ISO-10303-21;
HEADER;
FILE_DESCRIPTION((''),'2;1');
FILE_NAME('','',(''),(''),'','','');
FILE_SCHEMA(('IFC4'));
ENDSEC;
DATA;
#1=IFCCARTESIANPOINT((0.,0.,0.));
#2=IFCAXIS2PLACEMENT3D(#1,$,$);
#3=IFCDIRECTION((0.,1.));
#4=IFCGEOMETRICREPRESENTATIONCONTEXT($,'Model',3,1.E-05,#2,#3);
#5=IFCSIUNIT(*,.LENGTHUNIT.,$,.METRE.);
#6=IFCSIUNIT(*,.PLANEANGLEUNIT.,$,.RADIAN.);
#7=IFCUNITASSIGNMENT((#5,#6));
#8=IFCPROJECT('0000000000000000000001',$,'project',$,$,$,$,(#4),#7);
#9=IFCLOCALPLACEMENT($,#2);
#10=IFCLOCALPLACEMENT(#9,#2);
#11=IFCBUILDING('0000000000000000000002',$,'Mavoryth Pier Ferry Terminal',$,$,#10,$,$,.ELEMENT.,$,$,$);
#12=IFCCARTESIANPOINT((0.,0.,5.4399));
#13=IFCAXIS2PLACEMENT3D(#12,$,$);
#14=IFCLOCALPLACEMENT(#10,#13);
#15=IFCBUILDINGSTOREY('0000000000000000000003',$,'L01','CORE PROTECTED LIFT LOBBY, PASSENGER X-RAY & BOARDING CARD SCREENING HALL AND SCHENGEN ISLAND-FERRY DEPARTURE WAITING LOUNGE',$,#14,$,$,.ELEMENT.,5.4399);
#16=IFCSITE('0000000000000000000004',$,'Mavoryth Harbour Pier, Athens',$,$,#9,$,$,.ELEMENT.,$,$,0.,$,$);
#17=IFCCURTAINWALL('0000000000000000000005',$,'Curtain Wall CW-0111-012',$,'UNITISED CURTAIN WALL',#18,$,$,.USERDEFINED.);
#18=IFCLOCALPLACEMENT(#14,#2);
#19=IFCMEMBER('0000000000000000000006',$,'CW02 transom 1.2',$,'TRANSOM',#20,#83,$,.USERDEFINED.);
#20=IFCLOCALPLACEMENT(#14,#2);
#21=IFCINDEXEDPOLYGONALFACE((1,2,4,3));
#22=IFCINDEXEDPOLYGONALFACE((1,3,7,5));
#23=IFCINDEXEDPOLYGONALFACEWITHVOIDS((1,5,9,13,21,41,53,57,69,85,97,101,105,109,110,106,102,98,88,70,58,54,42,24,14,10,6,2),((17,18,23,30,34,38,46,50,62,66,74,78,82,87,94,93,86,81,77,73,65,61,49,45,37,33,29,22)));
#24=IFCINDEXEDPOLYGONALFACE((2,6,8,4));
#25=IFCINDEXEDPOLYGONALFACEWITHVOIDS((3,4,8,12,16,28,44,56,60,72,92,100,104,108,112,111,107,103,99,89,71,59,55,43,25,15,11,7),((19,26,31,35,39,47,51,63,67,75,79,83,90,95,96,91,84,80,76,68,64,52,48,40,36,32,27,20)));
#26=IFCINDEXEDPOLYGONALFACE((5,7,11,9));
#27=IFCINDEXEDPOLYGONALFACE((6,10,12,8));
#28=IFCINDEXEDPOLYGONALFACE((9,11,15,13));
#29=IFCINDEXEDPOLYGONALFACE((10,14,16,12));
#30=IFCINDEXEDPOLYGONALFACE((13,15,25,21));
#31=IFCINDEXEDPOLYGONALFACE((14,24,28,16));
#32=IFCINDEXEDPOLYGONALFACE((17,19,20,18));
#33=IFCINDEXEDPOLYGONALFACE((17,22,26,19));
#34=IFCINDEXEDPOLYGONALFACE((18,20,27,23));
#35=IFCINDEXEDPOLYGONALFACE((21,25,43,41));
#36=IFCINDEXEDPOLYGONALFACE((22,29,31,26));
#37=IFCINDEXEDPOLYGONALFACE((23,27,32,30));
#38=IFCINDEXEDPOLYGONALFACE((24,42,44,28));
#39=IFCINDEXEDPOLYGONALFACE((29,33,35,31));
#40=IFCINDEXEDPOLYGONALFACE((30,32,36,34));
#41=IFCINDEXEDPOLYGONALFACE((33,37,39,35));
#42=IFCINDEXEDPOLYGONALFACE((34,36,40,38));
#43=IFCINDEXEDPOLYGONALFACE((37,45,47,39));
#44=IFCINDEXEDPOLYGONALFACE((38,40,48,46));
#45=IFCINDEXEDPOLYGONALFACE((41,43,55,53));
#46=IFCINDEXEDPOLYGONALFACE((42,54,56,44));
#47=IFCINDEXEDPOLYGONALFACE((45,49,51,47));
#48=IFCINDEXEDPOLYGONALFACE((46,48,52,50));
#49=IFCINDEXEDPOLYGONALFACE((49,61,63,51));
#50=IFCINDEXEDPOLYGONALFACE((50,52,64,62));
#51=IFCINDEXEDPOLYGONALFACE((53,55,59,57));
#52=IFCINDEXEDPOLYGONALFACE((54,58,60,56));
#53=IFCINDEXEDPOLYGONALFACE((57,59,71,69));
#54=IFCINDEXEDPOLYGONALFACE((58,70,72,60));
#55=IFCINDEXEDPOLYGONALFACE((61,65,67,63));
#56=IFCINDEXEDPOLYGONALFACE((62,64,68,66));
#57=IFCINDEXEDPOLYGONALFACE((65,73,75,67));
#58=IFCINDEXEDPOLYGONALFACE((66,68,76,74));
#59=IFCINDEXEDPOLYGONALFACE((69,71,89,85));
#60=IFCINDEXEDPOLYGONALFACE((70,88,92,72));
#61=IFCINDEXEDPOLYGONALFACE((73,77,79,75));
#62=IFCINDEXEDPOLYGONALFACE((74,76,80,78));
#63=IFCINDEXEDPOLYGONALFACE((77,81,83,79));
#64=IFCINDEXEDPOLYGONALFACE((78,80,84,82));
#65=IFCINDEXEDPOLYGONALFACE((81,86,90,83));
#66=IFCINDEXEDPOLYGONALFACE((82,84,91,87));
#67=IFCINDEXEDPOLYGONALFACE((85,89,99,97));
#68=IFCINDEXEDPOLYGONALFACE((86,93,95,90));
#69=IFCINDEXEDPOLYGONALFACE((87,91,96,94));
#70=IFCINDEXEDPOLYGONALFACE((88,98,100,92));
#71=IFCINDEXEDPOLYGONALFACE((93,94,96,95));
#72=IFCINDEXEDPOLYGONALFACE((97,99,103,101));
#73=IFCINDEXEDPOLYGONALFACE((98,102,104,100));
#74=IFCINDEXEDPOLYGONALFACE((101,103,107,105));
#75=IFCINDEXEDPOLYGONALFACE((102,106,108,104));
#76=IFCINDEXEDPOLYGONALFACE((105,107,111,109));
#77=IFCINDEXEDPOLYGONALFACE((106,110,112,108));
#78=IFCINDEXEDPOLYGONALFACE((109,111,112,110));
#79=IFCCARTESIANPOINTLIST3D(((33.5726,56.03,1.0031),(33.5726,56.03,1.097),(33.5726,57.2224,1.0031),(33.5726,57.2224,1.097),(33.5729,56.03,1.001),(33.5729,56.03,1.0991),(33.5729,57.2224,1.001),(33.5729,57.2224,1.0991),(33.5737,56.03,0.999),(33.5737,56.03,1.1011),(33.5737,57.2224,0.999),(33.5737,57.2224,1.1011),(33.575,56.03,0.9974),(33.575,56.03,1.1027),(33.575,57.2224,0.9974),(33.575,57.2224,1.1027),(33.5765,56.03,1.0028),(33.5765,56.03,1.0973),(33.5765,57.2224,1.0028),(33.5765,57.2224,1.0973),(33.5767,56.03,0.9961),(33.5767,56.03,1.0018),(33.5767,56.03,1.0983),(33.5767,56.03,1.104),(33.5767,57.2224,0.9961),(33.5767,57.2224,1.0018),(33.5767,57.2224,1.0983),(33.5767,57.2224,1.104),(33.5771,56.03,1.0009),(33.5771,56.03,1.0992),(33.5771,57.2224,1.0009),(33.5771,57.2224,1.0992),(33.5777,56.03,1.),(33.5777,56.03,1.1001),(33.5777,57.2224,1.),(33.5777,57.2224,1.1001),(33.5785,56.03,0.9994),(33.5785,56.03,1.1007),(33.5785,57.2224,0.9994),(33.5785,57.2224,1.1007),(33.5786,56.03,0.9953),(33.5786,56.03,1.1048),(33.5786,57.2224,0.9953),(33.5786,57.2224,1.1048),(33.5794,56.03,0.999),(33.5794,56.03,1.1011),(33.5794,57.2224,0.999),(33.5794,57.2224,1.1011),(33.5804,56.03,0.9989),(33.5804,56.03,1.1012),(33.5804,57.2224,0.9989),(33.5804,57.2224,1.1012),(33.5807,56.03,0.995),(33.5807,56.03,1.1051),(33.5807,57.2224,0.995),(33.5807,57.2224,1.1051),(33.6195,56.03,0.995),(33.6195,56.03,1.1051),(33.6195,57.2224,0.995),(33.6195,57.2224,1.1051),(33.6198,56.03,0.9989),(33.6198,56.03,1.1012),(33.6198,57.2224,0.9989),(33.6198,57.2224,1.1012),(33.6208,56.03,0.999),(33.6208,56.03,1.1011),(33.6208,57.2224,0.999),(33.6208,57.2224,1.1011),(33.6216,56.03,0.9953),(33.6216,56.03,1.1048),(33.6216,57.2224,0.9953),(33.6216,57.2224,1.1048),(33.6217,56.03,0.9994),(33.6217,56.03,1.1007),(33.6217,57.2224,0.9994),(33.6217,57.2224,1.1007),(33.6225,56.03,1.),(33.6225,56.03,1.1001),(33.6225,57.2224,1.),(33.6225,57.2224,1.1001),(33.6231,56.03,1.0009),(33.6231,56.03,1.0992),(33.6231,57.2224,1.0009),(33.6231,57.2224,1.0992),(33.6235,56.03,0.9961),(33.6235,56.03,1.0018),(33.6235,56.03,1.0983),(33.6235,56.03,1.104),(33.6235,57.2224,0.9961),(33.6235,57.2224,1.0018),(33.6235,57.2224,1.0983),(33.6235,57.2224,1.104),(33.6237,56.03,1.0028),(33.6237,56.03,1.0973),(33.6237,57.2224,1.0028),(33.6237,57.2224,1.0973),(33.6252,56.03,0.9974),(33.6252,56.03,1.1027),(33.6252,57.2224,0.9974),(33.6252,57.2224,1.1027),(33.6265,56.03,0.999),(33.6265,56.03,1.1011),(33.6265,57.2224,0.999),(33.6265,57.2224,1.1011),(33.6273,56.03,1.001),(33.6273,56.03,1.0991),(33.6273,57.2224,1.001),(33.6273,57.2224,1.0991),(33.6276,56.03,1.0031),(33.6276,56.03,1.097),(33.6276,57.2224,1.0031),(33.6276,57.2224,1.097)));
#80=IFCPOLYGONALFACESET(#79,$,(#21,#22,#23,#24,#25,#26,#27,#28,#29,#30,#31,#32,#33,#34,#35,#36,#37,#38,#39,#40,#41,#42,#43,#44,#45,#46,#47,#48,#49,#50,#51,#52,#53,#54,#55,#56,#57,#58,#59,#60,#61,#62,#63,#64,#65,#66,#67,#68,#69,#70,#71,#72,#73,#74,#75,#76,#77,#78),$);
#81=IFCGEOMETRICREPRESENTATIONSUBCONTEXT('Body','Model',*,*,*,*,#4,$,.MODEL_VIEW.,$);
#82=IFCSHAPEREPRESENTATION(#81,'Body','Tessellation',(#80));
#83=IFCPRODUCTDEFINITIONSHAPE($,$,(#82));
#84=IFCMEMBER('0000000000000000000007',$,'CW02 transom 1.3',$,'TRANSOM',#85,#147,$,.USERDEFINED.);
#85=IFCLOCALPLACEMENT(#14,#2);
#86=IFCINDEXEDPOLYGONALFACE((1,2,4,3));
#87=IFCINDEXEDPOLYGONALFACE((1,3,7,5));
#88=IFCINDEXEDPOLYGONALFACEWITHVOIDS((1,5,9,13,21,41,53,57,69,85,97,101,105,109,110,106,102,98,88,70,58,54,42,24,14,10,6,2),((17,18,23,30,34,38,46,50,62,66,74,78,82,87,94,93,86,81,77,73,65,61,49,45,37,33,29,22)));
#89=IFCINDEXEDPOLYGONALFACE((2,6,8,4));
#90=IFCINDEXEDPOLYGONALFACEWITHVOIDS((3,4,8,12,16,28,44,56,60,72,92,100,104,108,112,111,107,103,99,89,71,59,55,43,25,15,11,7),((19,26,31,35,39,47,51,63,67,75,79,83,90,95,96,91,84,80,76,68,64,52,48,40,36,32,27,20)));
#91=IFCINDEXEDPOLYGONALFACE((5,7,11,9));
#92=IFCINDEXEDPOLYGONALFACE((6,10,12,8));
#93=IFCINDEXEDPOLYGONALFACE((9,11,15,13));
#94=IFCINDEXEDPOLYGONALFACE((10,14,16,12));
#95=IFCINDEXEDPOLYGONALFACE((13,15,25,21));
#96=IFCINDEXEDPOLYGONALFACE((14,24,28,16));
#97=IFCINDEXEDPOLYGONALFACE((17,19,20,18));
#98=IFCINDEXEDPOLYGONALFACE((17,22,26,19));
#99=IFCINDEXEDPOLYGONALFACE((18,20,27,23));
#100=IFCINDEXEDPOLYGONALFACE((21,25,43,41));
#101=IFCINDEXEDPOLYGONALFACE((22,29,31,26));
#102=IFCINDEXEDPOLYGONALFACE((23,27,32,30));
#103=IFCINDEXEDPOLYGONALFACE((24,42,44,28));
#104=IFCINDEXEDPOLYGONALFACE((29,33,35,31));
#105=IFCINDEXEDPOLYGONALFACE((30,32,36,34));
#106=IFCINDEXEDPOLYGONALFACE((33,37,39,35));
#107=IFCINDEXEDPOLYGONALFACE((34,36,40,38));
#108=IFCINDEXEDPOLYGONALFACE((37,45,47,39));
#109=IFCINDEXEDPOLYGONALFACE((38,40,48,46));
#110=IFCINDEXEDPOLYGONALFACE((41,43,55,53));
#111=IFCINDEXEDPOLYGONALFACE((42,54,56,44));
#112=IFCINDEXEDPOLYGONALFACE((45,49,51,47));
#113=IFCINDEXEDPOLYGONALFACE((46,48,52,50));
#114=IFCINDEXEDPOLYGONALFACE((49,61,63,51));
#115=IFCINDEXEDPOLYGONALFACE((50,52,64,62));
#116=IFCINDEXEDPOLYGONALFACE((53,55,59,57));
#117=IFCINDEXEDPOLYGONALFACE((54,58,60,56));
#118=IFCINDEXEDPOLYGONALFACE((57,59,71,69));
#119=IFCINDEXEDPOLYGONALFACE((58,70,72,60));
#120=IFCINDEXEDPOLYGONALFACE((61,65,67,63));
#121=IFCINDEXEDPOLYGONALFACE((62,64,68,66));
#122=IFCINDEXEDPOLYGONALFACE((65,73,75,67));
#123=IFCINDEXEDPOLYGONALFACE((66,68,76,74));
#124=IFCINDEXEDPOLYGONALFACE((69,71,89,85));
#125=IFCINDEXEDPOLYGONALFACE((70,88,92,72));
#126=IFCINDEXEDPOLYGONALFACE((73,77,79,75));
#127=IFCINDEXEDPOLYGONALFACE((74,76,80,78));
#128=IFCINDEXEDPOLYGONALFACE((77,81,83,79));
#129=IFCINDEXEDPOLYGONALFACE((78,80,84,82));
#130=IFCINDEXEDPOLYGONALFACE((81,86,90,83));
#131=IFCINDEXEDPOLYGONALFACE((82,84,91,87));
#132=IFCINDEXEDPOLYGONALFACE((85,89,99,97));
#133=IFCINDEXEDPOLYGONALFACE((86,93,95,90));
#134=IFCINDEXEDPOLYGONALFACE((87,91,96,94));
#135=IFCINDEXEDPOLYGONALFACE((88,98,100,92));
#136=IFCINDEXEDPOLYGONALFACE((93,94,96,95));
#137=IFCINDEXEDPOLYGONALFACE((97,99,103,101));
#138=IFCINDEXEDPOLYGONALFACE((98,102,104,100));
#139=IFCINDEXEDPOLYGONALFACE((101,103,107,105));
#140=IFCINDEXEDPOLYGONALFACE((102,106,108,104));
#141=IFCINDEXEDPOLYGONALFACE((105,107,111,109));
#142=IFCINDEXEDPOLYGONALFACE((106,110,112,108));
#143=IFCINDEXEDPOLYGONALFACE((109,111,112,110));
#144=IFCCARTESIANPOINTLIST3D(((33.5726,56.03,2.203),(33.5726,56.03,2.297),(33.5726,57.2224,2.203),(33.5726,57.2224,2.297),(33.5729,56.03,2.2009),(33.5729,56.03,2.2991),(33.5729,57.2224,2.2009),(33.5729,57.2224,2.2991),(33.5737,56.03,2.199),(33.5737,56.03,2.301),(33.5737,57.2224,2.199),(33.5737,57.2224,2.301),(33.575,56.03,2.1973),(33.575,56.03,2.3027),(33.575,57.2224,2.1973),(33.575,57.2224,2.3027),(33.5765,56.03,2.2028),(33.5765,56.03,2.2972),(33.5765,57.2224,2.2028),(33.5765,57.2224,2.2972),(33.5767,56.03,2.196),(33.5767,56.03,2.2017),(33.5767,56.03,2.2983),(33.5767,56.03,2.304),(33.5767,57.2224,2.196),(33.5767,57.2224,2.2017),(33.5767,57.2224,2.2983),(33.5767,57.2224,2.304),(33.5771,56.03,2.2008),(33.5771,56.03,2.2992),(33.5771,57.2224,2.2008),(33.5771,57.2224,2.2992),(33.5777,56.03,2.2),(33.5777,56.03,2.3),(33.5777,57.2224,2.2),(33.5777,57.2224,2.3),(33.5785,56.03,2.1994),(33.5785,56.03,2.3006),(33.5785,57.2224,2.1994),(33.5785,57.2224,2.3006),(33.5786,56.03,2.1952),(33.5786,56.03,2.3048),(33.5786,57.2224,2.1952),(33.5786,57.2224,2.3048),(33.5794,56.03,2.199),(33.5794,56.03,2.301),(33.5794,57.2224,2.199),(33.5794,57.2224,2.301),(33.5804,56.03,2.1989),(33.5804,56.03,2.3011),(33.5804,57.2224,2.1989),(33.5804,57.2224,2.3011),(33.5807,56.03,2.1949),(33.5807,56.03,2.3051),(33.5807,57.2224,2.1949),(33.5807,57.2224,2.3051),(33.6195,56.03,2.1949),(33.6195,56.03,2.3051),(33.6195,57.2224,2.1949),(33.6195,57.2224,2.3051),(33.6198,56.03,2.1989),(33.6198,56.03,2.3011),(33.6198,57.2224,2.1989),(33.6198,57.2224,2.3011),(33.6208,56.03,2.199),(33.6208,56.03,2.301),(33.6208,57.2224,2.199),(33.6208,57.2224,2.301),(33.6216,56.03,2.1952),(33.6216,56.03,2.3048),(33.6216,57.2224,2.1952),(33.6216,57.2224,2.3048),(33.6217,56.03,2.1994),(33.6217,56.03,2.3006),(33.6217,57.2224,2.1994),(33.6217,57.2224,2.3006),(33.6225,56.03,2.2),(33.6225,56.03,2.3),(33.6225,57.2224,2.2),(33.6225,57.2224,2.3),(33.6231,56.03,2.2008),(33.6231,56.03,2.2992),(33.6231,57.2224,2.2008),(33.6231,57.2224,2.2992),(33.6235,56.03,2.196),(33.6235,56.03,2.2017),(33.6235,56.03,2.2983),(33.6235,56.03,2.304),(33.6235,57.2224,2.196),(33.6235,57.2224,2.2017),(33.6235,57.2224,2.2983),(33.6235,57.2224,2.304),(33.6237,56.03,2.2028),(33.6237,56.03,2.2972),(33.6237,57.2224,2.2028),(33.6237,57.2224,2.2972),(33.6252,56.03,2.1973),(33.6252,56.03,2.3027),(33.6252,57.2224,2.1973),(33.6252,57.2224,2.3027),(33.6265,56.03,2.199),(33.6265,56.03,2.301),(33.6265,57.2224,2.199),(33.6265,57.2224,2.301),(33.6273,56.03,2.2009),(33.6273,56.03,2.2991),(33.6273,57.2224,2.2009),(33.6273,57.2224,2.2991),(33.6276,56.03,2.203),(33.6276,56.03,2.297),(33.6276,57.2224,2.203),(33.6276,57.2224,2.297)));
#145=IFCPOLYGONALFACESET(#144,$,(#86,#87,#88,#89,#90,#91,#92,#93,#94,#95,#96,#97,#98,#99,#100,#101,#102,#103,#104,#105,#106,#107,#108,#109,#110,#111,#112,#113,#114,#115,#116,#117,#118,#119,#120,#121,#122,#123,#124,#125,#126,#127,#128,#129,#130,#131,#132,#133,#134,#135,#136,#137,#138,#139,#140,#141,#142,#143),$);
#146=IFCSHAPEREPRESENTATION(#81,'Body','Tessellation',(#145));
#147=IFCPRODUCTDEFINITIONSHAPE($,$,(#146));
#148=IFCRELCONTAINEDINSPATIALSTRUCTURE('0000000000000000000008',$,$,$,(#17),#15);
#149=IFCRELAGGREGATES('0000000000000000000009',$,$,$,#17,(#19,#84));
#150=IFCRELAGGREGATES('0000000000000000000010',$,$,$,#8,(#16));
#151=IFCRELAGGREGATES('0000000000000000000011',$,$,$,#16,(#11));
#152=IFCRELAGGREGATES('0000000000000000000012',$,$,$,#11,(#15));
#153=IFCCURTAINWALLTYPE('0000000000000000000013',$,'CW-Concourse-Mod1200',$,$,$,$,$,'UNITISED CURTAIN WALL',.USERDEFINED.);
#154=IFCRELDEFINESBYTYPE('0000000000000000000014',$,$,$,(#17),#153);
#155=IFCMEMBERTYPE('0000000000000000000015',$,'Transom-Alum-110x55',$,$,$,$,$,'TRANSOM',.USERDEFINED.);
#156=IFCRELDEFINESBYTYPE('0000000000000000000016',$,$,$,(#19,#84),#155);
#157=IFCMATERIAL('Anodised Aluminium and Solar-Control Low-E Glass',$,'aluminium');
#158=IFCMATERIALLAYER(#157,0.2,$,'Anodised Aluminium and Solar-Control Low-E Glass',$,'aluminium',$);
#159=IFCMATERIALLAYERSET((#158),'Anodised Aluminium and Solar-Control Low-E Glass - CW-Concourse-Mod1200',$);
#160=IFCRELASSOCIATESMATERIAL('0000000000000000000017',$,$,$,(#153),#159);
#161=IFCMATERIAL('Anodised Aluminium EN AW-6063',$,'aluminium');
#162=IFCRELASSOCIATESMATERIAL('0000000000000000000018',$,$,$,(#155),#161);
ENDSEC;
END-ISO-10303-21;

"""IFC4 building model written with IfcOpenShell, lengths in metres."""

from ifc_helpers import new_model, si_unit, direction, frame, origin, origin_2d, place, context, subcontext, project, spatial, hollow_rectangle, extrude, material, layer, layer_set, material_profile, profile_set, type_object, element, aggregate, save


model = new_model("IFC4")

# Units and contexts
model_context = context("Model", 3, precision=1e-05, world=origin(), true_north=direction((0.0, 1.0)))
body_context = subcontext(model_context, "Body", "Model", "MODEL_VIEW")
ifc_project = project(units=[si_unit("LENGTHUNIT", "METRE"), si_unit("PLANEANGLEUNIT", "RADIAN")], contexts=[model_context])

# Site, building, storey
site_placement = place(None, origin())
site = spatial("IfcSite", under=ifc_project, at=site_placement, Name="Mavoryth Harbour Pier, Athens", CompositionType="ELEMENT", RefElevation=0.0)
building_placement = place(site_placement, origin())
building = spatial("IfcBuilding", under=site, at=building_placement, Name="Mavoryth Pier Ferry Terminal", CompositionType="ELEMENT")
storey_placement = place(building_placement, frame((0.0, 0.0, 5.4399)))
storey = spatial("IfcBuildingStorey", under=building, at=storey_placement, Name="L01", Description="CORE PROTECTED LIFT LOBBY, PASSENGER X-RAY & BOARDING CARD SCREENING HALL AND SCHENGEN ISLAND-FERRY DEPARTURE WAITING LOUNGE", CompositionType="ELEMENT", Elevation=5.4399)

# Shared definitions
ifc_material_1 = material(Name="Anodised Aluminium and Solar-Control Low-E Glass", Category="aluminium")
ifc_layer_1 = layer(ifc_material_1, 0.2, Name="Anodised Aluminium and Solar-Control Low-E Glass", Category="aluminium")
ifc_layer_set_1 = layer_set([ifc_layer_1], Name="Anodised Aluminium and Solar-Control Low-E Glass - CW-Concourse-Mod1200")
curtain_wall_type = type_object("IfcCurtainWallType", Name="CW-Concourse-Mod1200", ElementType="UNITISED CURTAIN WALL", PredefinedType="USERDEFINED", material=ifc_layer_set_1)
ifc_material_2 = material(Name="Anodised Aluminium EN AW-6063", Category="aluminium")

# Curtain wall
curtain_wall_1_placement = place(storey_placement, origin())
curtain_wall_1 = element("IfcCurtainWall", 1, at=curtain_wall_1_placement, inside=storey, type_object=curtain_wall_type, Name="Curtain Wall CW-0111-012", ObjectType="UNITISED CURTAIN WALL", PredefinedType="USERDEFINED")

# Members
ifc_material_profile_1 = material_profile(ifc_material_2, hollow_rectangle(XDim=0.0549, YDim=0.1101, WallThickness=0.0039, InnerFilletRadius=0.0039, OuterFilletRadius=0.0081, at=origin_2d()), Name="AL-TRAN 110x55x4", Category="aluminium")
ifc_profile_set_1 = profile_set([ifc_material_profile_1], Name="Anodised Aluminium EN AW-6063 - AL-TRAN 110x55x4")
member_type_1 = type_object("IfcMemberType", Name="Transom-Alum-110x55", ElementType="TRANSOM", PredefinedType="USERDEFINED", material=ifc_profile_set_1)
member_1_placement = place(storey_placement, frame((33.6001, 56.03, 1.05), z_axis=(0.0, 1.0, 0.0), x_axis=(-1.0, 0.0, 0.0)))
member_1 = element("IfcMember", 2, at=member_1_placement, type_object=member_type_1, Name="CW02 transom 1.2", ObjectType="TRANSOM", PredefinedType="USERDEFINED", context=body_context, shape_type="SweptSolid", body=[
    extrude(hollow_rectangle(XDim=0.0549, YDim=0.1101, WallThickness=0.0039, InnerFilletRadius=0.0039, OuterFilletRadius=0.0081, at=origin_2d()), origin(), (0.0, 0.0, 1.0), 1.1924),
])
member_2_placement = place(storey_placement, frame((33.6001, 56.03, 2.25), z_axis=(0.0, 1.0, 0.0), x_axis=(-1.0, 0.0, 0.0)))
member_2 = element("IfcMember", 3, at=member_2_placement, type_object=member_type_1, Name="CW02 transom 1.3", ObjectType="TRANSOM", PredefinedType="USERDEFINED", context=body_context, shape_type="SweptSolid", body=[
    extrude(hollow_rectangle(XDim=0.0549, YDim=0.1101, WallThickness=0.0039, InnerFilletRadius=0.0039, OuterFilletRadius=0.0081, at=origin_2d()), origin(), (0.0, 0.0, 1.0), 1.1924),
])
aggregate(curtain_wall_1, [member_1, member_2])

save(model, "model.ifc")
